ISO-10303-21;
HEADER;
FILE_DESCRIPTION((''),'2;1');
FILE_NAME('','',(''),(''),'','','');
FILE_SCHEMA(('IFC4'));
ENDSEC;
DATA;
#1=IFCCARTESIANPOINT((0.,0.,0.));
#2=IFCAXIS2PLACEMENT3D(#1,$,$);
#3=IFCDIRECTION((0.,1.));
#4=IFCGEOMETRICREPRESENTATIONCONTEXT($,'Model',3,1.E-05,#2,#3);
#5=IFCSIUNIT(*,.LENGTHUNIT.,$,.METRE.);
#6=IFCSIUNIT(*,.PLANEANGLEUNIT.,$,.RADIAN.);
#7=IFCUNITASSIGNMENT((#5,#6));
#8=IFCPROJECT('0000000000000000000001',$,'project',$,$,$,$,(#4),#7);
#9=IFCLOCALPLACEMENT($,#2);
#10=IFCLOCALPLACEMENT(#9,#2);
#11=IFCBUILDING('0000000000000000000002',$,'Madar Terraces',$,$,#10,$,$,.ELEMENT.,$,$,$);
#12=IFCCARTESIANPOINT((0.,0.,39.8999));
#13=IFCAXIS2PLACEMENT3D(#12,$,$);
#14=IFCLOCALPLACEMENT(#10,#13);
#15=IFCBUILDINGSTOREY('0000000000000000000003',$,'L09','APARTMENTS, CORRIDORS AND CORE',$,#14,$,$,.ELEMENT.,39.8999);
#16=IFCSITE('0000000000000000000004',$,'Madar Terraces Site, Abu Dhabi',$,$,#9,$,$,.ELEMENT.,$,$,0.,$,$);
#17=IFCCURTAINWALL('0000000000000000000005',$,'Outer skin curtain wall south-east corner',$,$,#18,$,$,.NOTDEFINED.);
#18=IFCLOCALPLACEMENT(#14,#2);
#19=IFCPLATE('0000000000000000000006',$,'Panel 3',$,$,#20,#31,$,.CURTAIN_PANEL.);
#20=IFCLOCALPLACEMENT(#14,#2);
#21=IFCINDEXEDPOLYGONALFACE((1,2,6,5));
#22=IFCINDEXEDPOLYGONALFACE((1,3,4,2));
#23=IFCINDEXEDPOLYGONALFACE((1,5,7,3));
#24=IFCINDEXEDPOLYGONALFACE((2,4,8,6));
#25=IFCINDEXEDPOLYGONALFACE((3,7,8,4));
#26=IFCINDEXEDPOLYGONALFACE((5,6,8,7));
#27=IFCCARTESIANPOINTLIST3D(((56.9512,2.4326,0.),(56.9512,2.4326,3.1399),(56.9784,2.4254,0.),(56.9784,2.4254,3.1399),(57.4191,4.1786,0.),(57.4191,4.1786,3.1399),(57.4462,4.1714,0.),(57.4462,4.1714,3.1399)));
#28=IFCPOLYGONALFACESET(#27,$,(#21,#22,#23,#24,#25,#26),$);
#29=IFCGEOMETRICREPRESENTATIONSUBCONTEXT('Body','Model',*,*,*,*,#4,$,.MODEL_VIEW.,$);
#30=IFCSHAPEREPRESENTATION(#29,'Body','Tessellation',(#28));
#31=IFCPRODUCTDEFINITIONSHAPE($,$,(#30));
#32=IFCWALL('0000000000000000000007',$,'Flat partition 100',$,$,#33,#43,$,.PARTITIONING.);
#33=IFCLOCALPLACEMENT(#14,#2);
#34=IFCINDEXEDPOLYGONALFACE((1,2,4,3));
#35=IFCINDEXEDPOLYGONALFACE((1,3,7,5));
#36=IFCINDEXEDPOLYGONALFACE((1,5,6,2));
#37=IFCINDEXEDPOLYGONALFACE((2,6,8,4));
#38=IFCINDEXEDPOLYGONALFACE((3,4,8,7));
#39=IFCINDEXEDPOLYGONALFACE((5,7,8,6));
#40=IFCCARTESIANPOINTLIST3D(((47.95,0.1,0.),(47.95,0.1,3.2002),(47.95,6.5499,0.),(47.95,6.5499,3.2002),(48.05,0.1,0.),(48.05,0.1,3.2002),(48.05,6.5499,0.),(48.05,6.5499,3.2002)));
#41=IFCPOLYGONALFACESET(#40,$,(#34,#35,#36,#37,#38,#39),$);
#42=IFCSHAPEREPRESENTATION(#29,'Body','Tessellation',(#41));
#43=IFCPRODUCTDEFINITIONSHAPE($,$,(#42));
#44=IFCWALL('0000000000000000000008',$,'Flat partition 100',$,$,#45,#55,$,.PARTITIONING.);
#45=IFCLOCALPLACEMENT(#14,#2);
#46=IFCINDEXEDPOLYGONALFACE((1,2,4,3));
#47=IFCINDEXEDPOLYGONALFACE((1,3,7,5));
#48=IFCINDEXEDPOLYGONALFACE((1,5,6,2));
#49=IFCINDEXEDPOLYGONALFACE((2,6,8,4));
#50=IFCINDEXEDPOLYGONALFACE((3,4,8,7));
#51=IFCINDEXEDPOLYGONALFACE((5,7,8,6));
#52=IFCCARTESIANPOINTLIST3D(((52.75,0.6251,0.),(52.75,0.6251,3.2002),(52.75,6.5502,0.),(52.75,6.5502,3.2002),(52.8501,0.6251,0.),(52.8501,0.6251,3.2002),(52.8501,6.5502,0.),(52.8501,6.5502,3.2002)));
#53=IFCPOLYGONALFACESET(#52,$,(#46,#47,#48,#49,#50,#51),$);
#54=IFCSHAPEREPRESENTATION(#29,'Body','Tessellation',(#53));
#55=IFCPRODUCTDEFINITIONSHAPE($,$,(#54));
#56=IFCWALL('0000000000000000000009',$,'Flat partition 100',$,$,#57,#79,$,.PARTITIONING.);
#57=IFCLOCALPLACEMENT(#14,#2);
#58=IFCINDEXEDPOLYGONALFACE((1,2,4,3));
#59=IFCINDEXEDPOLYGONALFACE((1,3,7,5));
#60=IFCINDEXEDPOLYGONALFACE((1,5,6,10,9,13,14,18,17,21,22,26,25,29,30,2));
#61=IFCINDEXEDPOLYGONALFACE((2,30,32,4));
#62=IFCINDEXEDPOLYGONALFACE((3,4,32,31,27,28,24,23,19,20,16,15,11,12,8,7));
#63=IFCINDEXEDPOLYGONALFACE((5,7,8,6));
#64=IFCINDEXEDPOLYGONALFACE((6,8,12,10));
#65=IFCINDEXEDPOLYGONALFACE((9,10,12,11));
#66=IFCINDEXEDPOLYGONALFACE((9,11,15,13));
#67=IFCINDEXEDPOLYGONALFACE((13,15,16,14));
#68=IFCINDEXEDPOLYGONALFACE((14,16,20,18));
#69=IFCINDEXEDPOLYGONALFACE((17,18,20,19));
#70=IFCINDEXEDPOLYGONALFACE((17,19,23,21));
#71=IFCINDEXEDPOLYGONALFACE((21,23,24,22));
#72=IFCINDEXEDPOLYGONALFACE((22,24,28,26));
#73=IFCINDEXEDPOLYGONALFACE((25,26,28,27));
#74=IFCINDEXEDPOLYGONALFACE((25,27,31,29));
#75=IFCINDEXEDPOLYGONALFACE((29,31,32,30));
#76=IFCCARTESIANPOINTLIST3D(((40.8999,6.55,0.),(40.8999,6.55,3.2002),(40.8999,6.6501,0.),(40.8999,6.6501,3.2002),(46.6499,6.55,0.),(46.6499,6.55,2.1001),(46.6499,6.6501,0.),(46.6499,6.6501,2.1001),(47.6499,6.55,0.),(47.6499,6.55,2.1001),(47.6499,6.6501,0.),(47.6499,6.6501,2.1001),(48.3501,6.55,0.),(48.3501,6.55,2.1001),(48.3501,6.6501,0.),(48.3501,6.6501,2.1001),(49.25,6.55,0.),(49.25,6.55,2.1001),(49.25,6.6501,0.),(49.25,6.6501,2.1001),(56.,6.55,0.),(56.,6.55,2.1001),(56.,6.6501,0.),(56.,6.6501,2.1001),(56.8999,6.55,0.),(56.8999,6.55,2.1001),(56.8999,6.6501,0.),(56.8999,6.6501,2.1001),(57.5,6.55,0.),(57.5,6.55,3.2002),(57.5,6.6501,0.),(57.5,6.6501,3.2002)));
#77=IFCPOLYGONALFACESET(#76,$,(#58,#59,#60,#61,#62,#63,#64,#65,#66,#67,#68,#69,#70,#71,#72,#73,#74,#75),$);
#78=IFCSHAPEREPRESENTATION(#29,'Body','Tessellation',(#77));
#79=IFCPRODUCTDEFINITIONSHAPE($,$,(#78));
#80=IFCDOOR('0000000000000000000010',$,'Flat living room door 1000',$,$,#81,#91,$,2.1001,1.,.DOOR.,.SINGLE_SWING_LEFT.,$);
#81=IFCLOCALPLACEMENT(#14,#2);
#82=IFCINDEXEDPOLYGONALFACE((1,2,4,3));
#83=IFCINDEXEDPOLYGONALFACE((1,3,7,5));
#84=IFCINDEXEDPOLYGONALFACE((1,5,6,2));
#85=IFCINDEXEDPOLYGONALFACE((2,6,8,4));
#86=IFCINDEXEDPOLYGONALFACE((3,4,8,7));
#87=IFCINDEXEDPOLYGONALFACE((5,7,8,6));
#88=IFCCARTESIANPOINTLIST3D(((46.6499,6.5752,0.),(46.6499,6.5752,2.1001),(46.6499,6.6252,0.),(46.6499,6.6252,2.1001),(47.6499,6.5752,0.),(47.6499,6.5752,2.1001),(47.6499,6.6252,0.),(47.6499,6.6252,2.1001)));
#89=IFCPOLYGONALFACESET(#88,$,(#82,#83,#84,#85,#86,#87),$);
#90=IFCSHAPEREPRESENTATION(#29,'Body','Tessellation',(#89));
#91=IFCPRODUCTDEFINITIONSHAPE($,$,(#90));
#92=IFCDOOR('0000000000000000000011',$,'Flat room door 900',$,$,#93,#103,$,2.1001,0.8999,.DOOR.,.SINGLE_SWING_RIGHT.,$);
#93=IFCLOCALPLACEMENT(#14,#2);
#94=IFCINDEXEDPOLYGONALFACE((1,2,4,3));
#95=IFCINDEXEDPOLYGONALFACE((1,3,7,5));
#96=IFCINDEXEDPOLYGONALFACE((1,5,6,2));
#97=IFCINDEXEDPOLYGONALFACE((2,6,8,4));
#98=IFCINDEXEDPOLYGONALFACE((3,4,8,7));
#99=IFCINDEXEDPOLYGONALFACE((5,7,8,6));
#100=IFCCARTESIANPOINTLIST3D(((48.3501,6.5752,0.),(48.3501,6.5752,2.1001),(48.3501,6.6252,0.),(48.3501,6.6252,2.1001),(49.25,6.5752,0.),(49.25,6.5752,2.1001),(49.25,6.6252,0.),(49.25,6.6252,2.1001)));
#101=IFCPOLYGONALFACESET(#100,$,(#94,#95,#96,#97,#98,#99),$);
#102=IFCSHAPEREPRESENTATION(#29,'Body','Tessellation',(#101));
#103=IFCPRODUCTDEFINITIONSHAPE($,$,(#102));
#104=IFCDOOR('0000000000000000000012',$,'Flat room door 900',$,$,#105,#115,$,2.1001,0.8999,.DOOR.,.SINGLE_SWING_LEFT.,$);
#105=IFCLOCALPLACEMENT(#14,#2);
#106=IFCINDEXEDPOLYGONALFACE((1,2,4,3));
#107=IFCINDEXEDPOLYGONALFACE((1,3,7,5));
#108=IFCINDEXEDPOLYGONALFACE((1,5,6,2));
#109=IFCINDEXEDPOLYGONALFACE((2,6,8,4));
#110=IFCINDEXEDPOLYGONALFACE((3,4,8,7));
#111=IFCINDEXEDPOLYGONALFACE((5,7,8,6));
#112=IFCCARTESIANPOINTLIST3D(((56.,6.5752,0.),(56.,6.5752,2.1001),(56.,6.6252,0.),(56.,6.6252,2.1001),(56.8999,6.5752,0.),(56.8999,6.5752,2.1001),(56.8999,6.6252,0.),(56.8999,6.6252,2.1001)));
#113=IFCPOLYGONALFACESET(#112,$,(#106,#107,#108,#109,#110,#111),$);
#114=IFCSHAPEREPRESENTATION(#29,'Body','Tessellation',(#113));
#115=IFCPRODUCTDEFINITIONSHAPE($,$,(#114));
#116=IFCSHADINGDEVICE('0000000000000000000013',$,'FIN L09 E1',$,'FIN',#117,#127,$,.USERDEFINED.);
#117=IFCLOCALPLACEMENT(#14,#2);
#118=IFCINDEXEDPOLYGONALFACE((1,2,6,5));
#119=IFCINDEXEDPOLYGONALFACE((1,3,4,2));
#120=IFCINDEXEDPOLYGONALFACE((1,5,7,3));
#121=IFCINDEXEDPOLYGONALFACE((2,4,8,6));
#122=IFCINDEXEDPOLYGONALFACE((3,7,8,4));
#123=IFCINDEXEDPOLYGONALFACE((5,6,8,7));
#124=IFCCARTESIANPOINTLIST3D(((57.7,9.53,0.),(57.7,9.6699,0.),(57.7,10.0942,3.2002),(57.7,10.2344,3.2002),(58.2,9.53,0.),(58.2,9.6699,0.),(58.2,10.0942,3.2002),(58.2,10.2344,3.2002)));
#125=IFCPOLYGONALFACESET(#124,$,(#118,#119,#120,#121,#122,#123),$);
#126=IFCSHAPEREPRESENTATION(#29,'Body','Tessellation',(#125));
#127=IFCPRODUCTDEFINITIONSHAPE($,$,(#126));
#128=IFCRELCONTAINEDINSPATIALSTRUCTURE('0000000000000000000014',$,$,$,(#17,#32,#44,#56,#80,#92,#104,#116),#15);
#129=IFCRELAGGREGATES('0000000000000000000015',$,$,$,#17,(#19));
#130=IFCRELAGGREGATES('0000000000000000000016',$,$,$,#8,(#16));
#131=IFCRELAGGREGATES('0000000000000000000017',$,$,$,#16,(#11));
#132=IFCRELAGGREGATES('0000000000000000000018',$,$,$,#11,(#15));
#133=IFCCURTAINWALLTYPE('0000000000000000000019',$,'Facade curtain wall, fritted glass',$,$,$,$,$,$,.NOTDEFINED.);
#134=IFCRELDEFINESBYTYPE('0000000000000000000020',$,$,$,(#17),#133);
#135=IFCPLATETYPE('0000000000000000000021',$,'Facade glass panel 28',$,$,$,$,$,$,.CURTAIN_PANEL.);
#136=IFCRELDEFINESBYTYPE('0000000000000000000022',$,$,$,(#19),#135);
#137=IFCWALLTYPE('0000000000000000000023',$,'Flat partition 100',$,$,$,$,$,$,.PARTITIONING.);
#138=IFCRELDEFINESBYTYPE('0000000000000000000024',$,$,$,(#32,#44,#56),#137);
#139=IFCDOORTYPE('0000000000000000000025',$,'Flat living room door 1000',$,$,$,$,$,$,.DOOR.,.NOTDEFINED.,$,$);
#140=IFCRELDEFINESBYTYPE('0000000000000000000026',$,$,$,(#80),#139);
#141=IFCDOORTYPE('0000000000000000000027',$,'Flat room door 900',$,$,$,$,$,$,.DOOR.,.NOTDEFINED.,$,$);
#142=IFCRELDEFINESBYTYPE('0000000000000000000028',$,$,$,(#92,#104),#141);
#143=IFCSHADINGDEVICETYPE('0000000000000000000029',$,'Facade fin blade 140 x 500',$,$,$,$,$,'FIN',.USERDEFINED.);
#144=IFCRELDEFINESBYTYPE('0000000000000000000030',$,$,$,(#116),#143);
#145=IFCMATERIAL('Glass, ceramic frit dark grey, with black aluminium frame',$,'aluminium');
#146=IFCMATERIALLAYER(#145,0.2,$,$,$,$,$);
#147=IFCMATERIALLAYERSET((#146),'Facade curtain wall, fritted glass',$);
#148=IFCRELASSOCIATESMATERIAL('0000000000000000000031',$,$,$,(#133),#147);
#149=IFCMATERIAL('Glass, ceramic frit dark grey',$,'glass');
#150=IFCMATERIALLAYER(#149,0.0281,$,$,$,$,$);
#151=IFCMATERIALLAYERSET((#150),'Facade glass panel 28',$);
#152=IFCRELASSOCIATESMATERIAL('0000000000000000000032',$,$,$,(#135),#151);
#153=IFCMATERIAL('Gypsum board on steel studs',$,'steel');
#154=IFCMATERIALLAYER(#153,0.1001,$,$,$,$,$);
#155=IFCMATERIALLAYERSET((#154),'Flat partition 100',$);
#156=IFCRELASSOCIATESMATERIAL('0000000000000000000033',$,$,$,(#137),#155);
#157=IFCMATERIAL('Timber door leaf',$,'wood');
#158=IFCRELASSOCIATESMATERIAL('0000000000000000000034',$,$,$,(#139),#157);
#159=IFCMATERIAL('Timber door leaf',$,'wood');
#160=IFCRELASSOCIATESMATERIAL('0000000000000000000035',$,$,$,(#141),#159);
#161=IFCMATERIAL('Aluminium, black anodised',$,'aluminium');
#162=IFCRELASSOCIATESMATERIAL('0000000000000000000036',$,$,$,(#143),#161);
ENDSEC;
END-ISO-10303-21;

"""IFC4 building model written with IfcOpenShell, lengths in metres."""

from ifc_helpers import new_model, si_unit, direction, frame, frame_2d, origin, origin_2d, place, context, subcontext, project, spatial, polyline, rectangle, outline, extrude, material, layer, layer_set, type_object, element, fill, aggregate, save


model = new_model("IFC4")

# Units and contexts
model_context = context("Model", 3, precision=1e-05, world=origin(), true_north=direction((0.0, 1.0)))
body_context = subcontext(model_context, "Body", "Model", "MODEL_VIEW")
ifc_project = project(units=[si_unit("LENGTHUNIT", "METRE"), si_unit("PLANEANGLEUNIT", "RADIAN")], contexts=[model_context])

# Site, building, storey
site_placement = place(None, origin())
site = spatial("IfcSite", under=ifc_project, at=site_placement, Name="Madar Terraces Site, Abu Dhabi", CompositionType="ELEMENT", RefElevation=0.0)
building_placement = place(site_placement, origin())
building = spatial("IfcBuilding", under=site, at=building_placement, Name="Madar Terraces", CompositionType="ELEMENT")
storey_placement = place(building_placement, frame((0.0, 0.0, 39.8999)))
storey = spatial("IfcBuildingStorey", under=building, at=storey_placement, Name="L09", Description="APARTMENTS, CORRIDORS AND CORE", CompositionType="ELEMENT", Elevation=39.8999)

# Shared definitions
ifc_material_1 = material(Name="Glass, ceramic frit dark grey, with black aluminium frame", Category="aluminium")
ifc_layer_1 = layer(ifc_material_1, 0.2)
ifc_layer_set_1 = layer_set([ifc_layer_1], Name="Facade curtain wall, fritted glass")
curtain_wall_type = type_object("IfcCurtainWallType", Name="Facade curtain wall, fritted glass", PredefinedType="NOTDEFINED", material=ifc_layer_set_1)

# Curtain wall
curtain_wall_1_placement = place(storey_placement, origin())
curtain_wall_1 = element("IfcCurtainWall", 1, at=curtain_wall_1_placement, inside=storey, type_object=curtain_wall_type, Name="Outer skin curtain wall south-east corner", PredefinedType="NOTDEFINED")

# Plate
ifc_material_2 = material(Name="Glass, ceramic frit dark grey", Category="glass")
ifc_layer_2 = layer(ifc_material_2, 0.0281)
ifc_layer_set_2 = layer_set([ifc_layer_2], Name="Facade glass panel 28")
plate_type = type_object("IfcPlateType", Name="Facade glass panel 28", PredefinedType="CURTAIN_PANEL", material=ifc_layer_set_2)
plate_1_placement = place(storey_placement, frame((57.1987, 3.302, 0.0), z_axis=(0.0, 0.0, 1.0), x_axis=(0.258819, 0.965926, 0.0)))
plate_1 = element("IfcPlate", 2, at=plate_1_placement, type_object=plate_type, Name="Panel 3", PredefinedType="CURTAIN_PANEL", context=body_context, shape_type="SweptSolid", body=[
    extrude(rectangle(XDim=1.8076, YDim=0.0281, at=origin_2d()), origin(), (0.0, 0.0, 1.0), 3.1399),
])
aggregate(curtain_wall_1, [plate_1])

# Walls
ifc_material_3 = material(Name="Gypsum board on steel studs", Category="steel")
ifc_layer_3 = layer(ifc_material_3, 0.1001)
ifc_layer_set_3 = layer_set([ifc_layer_3], Name="Flat partition 100")
wall_type = type_object("IfcWallType", Name="Flat partition 100", PredefinedType="PARTITIONING", material=ifc_layer_set_3)
wall_1_placement = place(storey_placement, frame((48.0, 6.55, 0.0), z_axis=(0.0, 0.0, 1.0), x_axis=(0.0, -1.0, 0.0)))
element("IfcWall", 3, at=wall_1_placement, inside=storey, type_object=wall_type, Name="Flat partition 100", PredefinedType="PARTITIONING", context=body_context, shape_type="SweptSolid", body=[
    extrude(rectangle(XDim=6.45, YDim=0.1001, at=frame_2d((3.2251, 0.0))), origin(), (0.0, 0.0, 1.0), 3.2002),
])
wall_2_placement = place(storey_placement, frame((52.8, 6.55, 0.0), z_axis=(0.0, 0.0, 1.0), x_axis=(0.0, -1.0, 0.0)))
element("IfcWall", 4, at=wall_2_placement, inside=storey, type_object=wall_type, Name="Flat partition 100", PredefinedType="PARTITIONING", context=body_context, shape_type="SweptSolid", body=[
    extrude(rectangle(XDim=5.925, YDim=0.1001, at=frame_2d((2.9624, 0.0))), origin(), (0.0, 0.0, 1.0), 3.2002),
])

# Wall, openings, doors
wall_3_placement = place(storey_placement, frame((57.5, 6.6001, 0.0), z_axis=(0.0, 0.0, 1.0), x_axis=(-1.0, 0.0, 0.0)))
wall_3 = element("IfcWall", 5, at=wall_3_placement, inside=storey, type_object=wall_type, Name="Flat partition 100", PredefinedType="PARTITIONING", context=body_context, shape_type="SweptSolid", body=[
    extrude(rectangle(XDim=16.6001, YDim=0.1001, at=frame_2d((8.3, 0.0))), origin(), (0.0, 0.0, 1.0), 3.2002),
])
opening_1_placement = place(wall_3_placement, frame((9.8501, 0.0, 0.0)))
opening_1 = element("IfcOpeningElement", 6, at=opening_1_placement, cuts=wall_3, PredefinedType="OPENING", context=body_context, shape_type="SweptSolid", body=[
    extrude(rectangle(XDim=1.0, YDim=2.1001, at=frame_2d((0.5, 1.05))), frame((0.0, 0.0601, 0.0), z_axis=(0.0, -1.0, 0.0), x_axis=(1.0, 0.0, 0.0)), (0.0, 0.0, 1.0), 0.1201),
])
opening_2_placement = place(wall_3_placement, frame((8.25, 0.0, 0.0)))
opening_2 = element("IfcOpeningElement", 7, at=opening_2_placement, cuts=wall_3, PredefinedType="OPENING", context=body_context, shape_type="SweptSolid", body=[
    extrude(rectangle(XDim=0.8999, YDim=2.1001, at=frame_2d((0.45, 1.05))), frame((0.0, 0.0601, 0.0), z_axis=(0.0, -1.0, 0.0), x_axis=(1.0, 0.0, 0.0)), (0.0, 0.0, 1.0), 0.1201),
])
opening_3_placement = place(wall_3_placement, frame((0.6001, 0.0, 0.0)))
opening_3 = element("IfcOpeningElement", 8, at=opening_3_placement, cuts=wall_3, PredefinedType="OPENING", context=body_context, shape_type="SweptSolid", body=[
    extrude(rectangle(XDim=0.8999, YDim=2.1001, at=frame_2d((0.45, 1.05))), frame((0.0, 0.0601, 0.0), z_axis=(0.0, -1.0, 0.0), x_axis=(1.0, 0.0, 0.0)), (0.0, 0.0, 1.0), 0.1201),
])
ifc_material_4 = material(Name="Timber door leaf", Category="wood")
door_type_1 = type_object("IfcDoorType", Name="Flat living room door 1000", OperationType="NOTDEFINED", PredefinedType="DOOR", material=ifc_material_4)
door_1_placement = place(opening_1_placement, origin())
door_1 = element("IfcDoor", 9, at=door_1_placement, inside=storey, type_object=door_type_1, Name="Flat living room door 1000", OperationType="SINGLE_SWING_LEFT", OverallHeight=2.1001, OverallWidth=1.0, PredefinedType="DOOR", context=body_context, shape_type="SweptSolid", body=[
    extrude(rectangle(XDim=1.0, YDim=2.1001, at=frame_2d((0.5, 1.05))), frame((0.0, 0.0249, 0.0), z_axis=(0.0, -1.0, 0.0), x_axis=(1.0, 0.0, 0.0)), (0.0, 0.0, 1.0), 0.05),
])
fill(opening_1, door_1)
ifc_material_5 = material(Name="Timber door leaf", Category="wood")
door_type_2 = type_object("IfcDoorType", Name="Flat room door 900", OperationType="NOTDEFINED", PredefinedType="DOOR", material=ifc_material_5)
door_2_placement = place(opening_2_placement, origin())
door_2 = element("IfcDoor", 10, at=door_2_placement, inside=storey, type_object=door_type_2, Name="Flat room door 900", OperationType="SINGLE_SWING_RIGHT", OverallHeight=2.1001, OverallWidth=0.8999, PredefinedType="DOOR", context=body_context, shape_type="SweptSolid", body=[
    extrude(rectangle(XDim=0.8999, YDim=2.1001, at=frame_2d((0.45, 1.05))), frame((0.0, 0.0249, 0.0), z_axis=(0.0, -1.0, 0.0), x_axis=(1.0, 0.0, 0.0)), (0.0, 0.0, 1.0), 0.05),
])
fill(opening_2, door_2)
door_3_placement = place(opening_3_placement, origin())
door_3 = element("IfcDoor", 11, at=door_3_placement, inside=storey, type_object=door_type_2, Name="Flat room door 900", OperationType="SINGLE_SWING_LEFT", OverallHeight=2.1001, OverallWidth=0.8999, PredefinedType="DOOR", context=body_context, shape_type="SweptSolid", body=[
    extrude(rectangle(XDim=0.8999, YDim=2.1001, at=frame_2d((0.45, 1.05))), frame((0.0, 0.0249, 0.0), z_axis=(0.0, -1.0, 0.0), x_axis=(1.0, 0.0, 0.0)), (0.0, 0.0, 1.0), 0.05),
])
fill(opening_3, door_3)

# Shading device
ifc_material_6 = material(Name="Aluminium, black anodised", Category="aluminium")
shading_device_type = type_object("IfcShadingDeviceType", Name="Facade fin blade 140 x 500", ElementType="FIN", PredefinedType="USERDEFINED", material=ifc_material_6)
shading_device_placement = place(storey_placement, frame((57.95, 9.53, 0.0), z_axis=(0.0, 0.0, 1.0), x_axis=(0.0, 1.0, 0.0)))
element("IfcShadingDevice", 12, at=shading_device_placement, inside=storey, type_object=shading_device_type, Name="FIN L09 E1", ObjectType="FIN", PredefinedType="USERDEFINED", context=body_context, shape_type="SweptSolid", body=[
    extrude(outline(polyline([(0.0, 0.0), (0.1399, 0.0), (0.7043, 3.2002), (0.5642, 3.2002), (0.0, 0.0)])), frame((0.0, 0.25, 0.0), z_axis=(0.0, -1.0, 0.0), x_axis=(1.0, 0.0, 0.0)), (0.0, 0.0, 1.0), 0.5),
])

save(model, "model.ifc")
